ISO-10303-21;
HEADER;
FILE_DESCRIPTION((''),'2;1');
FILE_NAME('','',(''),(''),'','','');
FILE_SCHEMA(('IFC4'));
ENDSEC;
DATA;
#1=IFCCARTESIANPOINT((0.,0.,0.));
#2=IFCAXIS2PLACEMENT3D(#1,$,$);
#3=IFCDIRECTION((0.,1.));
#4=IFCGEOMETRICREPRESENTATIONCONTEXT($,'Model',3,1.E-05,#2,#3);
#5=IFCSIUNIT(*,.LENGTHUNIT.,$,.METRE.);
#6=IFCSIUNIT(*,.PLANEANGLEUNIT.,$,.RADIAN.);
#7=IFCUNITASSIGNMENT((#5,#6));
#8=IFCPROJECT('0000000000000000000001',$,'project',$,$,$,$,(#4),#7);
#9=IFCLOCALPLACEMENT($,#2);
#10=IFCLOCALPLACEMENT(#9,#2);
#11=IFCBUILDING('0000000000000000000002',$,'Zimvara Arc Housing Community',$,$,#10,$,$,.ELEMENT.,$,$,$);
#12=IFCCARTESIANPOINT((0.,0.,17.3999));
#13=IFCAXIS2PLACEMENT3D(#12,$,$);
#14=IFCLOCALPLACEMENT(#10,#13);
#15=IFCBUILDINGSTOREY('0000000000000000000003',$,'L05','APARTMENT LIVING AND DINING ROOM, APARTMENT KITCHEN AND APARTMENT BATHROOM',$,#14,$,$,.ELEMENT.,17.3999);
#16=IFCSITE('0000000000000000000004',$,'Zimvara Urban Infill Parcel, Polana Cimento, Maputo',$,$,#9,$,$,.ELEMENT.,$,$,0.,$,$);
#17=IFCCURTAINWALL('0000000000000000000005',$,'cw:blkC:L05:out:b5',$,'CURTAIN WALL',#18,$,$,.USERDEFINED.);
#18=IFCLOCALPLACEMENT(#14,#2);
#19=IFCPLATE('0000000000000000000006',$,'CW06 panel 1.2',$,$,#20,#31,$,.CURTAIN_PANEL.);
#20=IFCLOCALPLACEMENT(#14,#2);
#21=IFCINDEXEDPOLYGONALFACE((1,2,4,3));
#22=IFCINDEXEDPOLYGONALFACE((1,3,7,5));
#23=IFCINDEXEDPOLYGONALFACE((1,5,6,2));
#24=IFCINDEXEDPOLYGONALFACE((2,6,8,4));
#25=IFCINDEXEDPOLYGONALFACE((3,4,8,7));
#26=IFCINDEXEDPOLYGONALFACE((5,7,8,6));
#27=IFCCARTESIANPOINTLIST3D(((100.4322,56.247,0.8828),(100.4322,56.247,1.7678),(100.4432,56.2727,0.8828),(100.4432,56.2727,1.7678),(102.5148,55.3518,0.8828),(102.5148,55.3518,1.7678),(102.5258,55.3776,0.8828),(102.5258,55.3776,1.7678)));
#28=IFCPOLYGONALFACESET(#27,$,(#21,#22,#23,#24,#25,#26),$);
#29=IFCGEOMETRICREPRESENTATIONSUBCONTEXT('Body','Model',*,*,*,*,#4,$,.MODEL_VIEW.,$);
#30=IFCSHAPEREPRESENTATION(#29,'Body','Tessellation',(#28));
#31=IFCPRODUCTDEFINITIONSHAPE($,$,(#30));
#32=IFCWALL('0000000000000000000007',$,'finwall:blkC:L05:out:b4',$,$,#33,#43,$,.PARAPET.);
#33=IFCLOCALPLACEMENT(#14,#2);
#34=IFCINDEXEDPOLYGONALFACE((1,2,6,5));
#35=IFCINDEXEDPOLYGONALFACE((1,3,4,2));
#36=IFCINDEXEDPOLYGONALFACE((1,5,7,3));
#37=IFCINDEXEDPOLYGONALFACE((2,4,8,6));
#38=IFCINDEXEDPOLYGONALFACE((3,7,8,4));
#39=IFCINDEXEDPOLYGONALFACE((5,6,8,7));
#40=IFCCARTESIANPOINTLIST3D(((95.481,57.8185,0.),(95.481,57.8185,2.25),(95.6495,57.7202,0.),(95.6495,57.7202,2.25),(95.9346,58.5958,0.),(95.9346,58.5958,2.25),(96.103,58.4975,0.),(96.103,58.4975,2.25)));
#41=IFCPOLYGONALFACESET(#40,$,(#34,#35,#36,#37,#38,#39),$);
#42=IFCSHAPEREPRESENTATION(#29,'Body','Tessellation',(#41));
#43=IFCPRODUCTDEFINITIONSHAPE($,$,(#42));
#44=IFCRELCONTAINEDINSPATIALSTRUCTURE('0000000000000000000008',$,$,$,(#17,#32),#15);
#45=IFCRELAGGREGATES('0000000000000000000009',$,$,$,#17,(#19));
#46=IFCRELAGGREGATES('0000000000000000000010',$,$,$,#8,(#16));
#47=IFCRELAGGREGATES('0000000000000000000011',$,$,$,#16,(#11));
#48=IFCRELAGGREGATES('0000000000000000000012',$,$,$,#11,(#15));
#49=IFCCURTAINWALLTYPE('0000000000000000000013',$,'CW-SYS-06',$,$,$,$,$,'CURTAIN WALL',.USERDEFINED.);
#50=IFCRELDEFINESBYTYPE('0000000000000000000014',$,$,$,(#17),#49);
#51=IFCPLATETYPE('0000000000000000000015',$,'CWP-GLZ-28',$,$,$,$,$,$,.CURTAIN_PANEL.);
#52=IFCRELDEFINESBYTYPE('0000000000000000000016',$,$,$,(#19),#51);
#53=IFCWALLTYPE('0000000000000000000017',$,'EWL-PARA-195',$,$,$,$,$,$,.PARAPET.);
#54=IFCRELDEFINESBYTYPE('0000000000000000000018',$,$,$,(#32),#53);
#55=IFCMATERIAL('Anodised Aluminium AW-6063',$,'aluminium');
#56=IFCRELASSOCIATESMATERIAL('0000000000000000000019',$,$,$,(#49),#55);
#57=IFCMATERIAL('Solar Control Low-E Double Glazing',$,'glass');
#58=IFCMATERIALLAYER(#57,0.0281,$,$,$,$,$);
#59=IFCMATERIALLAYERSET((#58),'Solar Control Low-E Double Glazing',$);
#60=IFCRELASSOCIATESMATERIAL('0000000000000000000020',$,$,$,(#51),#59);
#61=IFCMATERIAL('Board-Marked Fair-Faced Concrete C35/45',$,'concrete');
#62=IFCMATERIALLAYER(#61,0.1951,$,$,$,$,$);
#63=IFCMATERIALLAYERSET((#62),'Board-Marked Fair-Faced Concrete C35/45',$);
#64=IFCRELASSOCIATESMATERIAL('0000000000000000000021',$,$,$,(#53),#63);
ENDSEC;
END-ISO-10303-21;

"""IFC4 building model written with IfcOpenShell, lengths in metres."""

from ifc_helpers import new_model, si_unit, direction, frame, frame_2d, origin, origin_2d, place, context, subcontext, project, spatial, rectangle, extrude, material, layer, layer_set, type_object, element, aggregate, save


model = new_model("IFC4")

# Units and contexts
model_context = context("Model", 3, precision=1e-05, world=origin(), true_north=direction((0.0, 1.0)))
body_context = subcontext(model_context, "Body", "Model", "MODEL_VIEW")
ifc_project = project(units=[si_unit("LENGTHUNIT", "METRE"), si_unit("PLANEANGLEUNIT", "RADIAN")], contexts=[model_context])

# Site, building, storey
site_placement = place(None, origin())
site = spatial("IfcSite", under=ifc_project, at=site_placement, Name="Zimvara Urban Infill Parcel, Polana Cimento, Maputo", CompositionType="ELEMENT", RefElevation=0.0)
building_placement = place(site_placement, origin())
building = spatial("IfcBuilding", under=site, at=building_placement, Name="Zimvara Arc Housing Community", CompositionType="ELEMENT")
storey_placement = place(building_placement, frame((0.0, 0.0, 17.3999)))
storey = spatial("IfcBuildingStorey", under=building, at=storey_placement, Name="L05", Description="APARTMENT LIVING AND DINING ROOM, APARTMENT KITCHEN AND APARTMENT BATHROOM", CompositionType="ELEMENT", Elevation=17.3999)

# Curtain wall
ifc_material_1 = material(Name="Anodised Aluminium AW-6063", Category="aluminium")
curtain_wall_type_1 = type_object("IfcCurtainWallType", Name="CW-SYS-06", ElementType="CURTAIN WALL", PredefinedType="USERDEFINED", material=ifc_material_1)
curtain_wall_1_placement = place(storey_placement, origin())
curtain_wall_1 = element("IfcCurtainWall", 1, at=curtain_wall_1_placement, inside=storey, type_object=curtain_wall_type_1, Name="cw:blkC:L05:out:b5", ObjectType="CURTAIN WALL", PredefinedType="USERDEFINED")

# Plate
ifc_material_2 = material(Name="Solar Control Low-E Double Glazing", Category="glass")
ifc_layer_1 = layer(ifc_material_2, 0.0281)
ifc_layer_set_1 = layer_set([ifc_layer_1], Name="Solar Control Low-E Double Glazing")
plate_type_1 = type_object("IfcPlateType", Name="CWP-GLZ-28", PredefinedType="CURTAIN_PANEL", material=ifc_layer_set_1)
plate_1_placement = place(storey_placement, frame((101.479, 55.8123, 0.8828), z_axis=(0.0, 0.0, 1.0), x_axis=(0.918722, -0.394904, 0.0)))
plate_1 = element("IfcPlate", 2, at=plate_1_placement, type_object=plate_type_1, Name="CW06 panel 1.2", PredefinedType="CURTAIN_PANEL", context=body_context, shape_type="SweptSolid", body=[
    extrude(rectangle(XDim=2.2668, YDim=0.0281, at=origin_2d()), origin(), (0.0, 0.0, 1.0), 0.885),
])
aggregate(curtain_wall_1, [plate_1])

# Wall
ifc_material_3 = material(Name="Board-Marked Fair-Faced Concrete C35/45", Category="concrete")
ifc_layer_2 = layer(ifc_material_3, 0.1951)
ifc_layer_set_2 = layer_set([ifc_layer_2], Name="Board-Marked Fair-Faced Concrete C35/45")
wall_type = type_object("IfcWallType", Name="EWL-PARA-195", PredefinedType="PARAPET", material=ifc_layer_set_2)
wall_placement = place(storey_placement, frame((96.0188, 58.5466, 0.0), z_axis=(0.0, 0.0, 1.0), x_axis=(-0.504006, -0.8637, 0.0)))
element("IfcWall", 3, at=wall_placement, inside=storey, type_object=wall_type, Name="finwall:blkC:L05:out:b4", PredefinedType="PARAPET", context=body_context, shape_type="SweptSolid", body=[
    extrude(rectangle(XDim=0.8999, YDim=0.1951, at=frame_2d((0.45, 0.0))), origin(), (0.0, 0.0, 1.0), 2.25),
])

save(model, "model.ifc")
